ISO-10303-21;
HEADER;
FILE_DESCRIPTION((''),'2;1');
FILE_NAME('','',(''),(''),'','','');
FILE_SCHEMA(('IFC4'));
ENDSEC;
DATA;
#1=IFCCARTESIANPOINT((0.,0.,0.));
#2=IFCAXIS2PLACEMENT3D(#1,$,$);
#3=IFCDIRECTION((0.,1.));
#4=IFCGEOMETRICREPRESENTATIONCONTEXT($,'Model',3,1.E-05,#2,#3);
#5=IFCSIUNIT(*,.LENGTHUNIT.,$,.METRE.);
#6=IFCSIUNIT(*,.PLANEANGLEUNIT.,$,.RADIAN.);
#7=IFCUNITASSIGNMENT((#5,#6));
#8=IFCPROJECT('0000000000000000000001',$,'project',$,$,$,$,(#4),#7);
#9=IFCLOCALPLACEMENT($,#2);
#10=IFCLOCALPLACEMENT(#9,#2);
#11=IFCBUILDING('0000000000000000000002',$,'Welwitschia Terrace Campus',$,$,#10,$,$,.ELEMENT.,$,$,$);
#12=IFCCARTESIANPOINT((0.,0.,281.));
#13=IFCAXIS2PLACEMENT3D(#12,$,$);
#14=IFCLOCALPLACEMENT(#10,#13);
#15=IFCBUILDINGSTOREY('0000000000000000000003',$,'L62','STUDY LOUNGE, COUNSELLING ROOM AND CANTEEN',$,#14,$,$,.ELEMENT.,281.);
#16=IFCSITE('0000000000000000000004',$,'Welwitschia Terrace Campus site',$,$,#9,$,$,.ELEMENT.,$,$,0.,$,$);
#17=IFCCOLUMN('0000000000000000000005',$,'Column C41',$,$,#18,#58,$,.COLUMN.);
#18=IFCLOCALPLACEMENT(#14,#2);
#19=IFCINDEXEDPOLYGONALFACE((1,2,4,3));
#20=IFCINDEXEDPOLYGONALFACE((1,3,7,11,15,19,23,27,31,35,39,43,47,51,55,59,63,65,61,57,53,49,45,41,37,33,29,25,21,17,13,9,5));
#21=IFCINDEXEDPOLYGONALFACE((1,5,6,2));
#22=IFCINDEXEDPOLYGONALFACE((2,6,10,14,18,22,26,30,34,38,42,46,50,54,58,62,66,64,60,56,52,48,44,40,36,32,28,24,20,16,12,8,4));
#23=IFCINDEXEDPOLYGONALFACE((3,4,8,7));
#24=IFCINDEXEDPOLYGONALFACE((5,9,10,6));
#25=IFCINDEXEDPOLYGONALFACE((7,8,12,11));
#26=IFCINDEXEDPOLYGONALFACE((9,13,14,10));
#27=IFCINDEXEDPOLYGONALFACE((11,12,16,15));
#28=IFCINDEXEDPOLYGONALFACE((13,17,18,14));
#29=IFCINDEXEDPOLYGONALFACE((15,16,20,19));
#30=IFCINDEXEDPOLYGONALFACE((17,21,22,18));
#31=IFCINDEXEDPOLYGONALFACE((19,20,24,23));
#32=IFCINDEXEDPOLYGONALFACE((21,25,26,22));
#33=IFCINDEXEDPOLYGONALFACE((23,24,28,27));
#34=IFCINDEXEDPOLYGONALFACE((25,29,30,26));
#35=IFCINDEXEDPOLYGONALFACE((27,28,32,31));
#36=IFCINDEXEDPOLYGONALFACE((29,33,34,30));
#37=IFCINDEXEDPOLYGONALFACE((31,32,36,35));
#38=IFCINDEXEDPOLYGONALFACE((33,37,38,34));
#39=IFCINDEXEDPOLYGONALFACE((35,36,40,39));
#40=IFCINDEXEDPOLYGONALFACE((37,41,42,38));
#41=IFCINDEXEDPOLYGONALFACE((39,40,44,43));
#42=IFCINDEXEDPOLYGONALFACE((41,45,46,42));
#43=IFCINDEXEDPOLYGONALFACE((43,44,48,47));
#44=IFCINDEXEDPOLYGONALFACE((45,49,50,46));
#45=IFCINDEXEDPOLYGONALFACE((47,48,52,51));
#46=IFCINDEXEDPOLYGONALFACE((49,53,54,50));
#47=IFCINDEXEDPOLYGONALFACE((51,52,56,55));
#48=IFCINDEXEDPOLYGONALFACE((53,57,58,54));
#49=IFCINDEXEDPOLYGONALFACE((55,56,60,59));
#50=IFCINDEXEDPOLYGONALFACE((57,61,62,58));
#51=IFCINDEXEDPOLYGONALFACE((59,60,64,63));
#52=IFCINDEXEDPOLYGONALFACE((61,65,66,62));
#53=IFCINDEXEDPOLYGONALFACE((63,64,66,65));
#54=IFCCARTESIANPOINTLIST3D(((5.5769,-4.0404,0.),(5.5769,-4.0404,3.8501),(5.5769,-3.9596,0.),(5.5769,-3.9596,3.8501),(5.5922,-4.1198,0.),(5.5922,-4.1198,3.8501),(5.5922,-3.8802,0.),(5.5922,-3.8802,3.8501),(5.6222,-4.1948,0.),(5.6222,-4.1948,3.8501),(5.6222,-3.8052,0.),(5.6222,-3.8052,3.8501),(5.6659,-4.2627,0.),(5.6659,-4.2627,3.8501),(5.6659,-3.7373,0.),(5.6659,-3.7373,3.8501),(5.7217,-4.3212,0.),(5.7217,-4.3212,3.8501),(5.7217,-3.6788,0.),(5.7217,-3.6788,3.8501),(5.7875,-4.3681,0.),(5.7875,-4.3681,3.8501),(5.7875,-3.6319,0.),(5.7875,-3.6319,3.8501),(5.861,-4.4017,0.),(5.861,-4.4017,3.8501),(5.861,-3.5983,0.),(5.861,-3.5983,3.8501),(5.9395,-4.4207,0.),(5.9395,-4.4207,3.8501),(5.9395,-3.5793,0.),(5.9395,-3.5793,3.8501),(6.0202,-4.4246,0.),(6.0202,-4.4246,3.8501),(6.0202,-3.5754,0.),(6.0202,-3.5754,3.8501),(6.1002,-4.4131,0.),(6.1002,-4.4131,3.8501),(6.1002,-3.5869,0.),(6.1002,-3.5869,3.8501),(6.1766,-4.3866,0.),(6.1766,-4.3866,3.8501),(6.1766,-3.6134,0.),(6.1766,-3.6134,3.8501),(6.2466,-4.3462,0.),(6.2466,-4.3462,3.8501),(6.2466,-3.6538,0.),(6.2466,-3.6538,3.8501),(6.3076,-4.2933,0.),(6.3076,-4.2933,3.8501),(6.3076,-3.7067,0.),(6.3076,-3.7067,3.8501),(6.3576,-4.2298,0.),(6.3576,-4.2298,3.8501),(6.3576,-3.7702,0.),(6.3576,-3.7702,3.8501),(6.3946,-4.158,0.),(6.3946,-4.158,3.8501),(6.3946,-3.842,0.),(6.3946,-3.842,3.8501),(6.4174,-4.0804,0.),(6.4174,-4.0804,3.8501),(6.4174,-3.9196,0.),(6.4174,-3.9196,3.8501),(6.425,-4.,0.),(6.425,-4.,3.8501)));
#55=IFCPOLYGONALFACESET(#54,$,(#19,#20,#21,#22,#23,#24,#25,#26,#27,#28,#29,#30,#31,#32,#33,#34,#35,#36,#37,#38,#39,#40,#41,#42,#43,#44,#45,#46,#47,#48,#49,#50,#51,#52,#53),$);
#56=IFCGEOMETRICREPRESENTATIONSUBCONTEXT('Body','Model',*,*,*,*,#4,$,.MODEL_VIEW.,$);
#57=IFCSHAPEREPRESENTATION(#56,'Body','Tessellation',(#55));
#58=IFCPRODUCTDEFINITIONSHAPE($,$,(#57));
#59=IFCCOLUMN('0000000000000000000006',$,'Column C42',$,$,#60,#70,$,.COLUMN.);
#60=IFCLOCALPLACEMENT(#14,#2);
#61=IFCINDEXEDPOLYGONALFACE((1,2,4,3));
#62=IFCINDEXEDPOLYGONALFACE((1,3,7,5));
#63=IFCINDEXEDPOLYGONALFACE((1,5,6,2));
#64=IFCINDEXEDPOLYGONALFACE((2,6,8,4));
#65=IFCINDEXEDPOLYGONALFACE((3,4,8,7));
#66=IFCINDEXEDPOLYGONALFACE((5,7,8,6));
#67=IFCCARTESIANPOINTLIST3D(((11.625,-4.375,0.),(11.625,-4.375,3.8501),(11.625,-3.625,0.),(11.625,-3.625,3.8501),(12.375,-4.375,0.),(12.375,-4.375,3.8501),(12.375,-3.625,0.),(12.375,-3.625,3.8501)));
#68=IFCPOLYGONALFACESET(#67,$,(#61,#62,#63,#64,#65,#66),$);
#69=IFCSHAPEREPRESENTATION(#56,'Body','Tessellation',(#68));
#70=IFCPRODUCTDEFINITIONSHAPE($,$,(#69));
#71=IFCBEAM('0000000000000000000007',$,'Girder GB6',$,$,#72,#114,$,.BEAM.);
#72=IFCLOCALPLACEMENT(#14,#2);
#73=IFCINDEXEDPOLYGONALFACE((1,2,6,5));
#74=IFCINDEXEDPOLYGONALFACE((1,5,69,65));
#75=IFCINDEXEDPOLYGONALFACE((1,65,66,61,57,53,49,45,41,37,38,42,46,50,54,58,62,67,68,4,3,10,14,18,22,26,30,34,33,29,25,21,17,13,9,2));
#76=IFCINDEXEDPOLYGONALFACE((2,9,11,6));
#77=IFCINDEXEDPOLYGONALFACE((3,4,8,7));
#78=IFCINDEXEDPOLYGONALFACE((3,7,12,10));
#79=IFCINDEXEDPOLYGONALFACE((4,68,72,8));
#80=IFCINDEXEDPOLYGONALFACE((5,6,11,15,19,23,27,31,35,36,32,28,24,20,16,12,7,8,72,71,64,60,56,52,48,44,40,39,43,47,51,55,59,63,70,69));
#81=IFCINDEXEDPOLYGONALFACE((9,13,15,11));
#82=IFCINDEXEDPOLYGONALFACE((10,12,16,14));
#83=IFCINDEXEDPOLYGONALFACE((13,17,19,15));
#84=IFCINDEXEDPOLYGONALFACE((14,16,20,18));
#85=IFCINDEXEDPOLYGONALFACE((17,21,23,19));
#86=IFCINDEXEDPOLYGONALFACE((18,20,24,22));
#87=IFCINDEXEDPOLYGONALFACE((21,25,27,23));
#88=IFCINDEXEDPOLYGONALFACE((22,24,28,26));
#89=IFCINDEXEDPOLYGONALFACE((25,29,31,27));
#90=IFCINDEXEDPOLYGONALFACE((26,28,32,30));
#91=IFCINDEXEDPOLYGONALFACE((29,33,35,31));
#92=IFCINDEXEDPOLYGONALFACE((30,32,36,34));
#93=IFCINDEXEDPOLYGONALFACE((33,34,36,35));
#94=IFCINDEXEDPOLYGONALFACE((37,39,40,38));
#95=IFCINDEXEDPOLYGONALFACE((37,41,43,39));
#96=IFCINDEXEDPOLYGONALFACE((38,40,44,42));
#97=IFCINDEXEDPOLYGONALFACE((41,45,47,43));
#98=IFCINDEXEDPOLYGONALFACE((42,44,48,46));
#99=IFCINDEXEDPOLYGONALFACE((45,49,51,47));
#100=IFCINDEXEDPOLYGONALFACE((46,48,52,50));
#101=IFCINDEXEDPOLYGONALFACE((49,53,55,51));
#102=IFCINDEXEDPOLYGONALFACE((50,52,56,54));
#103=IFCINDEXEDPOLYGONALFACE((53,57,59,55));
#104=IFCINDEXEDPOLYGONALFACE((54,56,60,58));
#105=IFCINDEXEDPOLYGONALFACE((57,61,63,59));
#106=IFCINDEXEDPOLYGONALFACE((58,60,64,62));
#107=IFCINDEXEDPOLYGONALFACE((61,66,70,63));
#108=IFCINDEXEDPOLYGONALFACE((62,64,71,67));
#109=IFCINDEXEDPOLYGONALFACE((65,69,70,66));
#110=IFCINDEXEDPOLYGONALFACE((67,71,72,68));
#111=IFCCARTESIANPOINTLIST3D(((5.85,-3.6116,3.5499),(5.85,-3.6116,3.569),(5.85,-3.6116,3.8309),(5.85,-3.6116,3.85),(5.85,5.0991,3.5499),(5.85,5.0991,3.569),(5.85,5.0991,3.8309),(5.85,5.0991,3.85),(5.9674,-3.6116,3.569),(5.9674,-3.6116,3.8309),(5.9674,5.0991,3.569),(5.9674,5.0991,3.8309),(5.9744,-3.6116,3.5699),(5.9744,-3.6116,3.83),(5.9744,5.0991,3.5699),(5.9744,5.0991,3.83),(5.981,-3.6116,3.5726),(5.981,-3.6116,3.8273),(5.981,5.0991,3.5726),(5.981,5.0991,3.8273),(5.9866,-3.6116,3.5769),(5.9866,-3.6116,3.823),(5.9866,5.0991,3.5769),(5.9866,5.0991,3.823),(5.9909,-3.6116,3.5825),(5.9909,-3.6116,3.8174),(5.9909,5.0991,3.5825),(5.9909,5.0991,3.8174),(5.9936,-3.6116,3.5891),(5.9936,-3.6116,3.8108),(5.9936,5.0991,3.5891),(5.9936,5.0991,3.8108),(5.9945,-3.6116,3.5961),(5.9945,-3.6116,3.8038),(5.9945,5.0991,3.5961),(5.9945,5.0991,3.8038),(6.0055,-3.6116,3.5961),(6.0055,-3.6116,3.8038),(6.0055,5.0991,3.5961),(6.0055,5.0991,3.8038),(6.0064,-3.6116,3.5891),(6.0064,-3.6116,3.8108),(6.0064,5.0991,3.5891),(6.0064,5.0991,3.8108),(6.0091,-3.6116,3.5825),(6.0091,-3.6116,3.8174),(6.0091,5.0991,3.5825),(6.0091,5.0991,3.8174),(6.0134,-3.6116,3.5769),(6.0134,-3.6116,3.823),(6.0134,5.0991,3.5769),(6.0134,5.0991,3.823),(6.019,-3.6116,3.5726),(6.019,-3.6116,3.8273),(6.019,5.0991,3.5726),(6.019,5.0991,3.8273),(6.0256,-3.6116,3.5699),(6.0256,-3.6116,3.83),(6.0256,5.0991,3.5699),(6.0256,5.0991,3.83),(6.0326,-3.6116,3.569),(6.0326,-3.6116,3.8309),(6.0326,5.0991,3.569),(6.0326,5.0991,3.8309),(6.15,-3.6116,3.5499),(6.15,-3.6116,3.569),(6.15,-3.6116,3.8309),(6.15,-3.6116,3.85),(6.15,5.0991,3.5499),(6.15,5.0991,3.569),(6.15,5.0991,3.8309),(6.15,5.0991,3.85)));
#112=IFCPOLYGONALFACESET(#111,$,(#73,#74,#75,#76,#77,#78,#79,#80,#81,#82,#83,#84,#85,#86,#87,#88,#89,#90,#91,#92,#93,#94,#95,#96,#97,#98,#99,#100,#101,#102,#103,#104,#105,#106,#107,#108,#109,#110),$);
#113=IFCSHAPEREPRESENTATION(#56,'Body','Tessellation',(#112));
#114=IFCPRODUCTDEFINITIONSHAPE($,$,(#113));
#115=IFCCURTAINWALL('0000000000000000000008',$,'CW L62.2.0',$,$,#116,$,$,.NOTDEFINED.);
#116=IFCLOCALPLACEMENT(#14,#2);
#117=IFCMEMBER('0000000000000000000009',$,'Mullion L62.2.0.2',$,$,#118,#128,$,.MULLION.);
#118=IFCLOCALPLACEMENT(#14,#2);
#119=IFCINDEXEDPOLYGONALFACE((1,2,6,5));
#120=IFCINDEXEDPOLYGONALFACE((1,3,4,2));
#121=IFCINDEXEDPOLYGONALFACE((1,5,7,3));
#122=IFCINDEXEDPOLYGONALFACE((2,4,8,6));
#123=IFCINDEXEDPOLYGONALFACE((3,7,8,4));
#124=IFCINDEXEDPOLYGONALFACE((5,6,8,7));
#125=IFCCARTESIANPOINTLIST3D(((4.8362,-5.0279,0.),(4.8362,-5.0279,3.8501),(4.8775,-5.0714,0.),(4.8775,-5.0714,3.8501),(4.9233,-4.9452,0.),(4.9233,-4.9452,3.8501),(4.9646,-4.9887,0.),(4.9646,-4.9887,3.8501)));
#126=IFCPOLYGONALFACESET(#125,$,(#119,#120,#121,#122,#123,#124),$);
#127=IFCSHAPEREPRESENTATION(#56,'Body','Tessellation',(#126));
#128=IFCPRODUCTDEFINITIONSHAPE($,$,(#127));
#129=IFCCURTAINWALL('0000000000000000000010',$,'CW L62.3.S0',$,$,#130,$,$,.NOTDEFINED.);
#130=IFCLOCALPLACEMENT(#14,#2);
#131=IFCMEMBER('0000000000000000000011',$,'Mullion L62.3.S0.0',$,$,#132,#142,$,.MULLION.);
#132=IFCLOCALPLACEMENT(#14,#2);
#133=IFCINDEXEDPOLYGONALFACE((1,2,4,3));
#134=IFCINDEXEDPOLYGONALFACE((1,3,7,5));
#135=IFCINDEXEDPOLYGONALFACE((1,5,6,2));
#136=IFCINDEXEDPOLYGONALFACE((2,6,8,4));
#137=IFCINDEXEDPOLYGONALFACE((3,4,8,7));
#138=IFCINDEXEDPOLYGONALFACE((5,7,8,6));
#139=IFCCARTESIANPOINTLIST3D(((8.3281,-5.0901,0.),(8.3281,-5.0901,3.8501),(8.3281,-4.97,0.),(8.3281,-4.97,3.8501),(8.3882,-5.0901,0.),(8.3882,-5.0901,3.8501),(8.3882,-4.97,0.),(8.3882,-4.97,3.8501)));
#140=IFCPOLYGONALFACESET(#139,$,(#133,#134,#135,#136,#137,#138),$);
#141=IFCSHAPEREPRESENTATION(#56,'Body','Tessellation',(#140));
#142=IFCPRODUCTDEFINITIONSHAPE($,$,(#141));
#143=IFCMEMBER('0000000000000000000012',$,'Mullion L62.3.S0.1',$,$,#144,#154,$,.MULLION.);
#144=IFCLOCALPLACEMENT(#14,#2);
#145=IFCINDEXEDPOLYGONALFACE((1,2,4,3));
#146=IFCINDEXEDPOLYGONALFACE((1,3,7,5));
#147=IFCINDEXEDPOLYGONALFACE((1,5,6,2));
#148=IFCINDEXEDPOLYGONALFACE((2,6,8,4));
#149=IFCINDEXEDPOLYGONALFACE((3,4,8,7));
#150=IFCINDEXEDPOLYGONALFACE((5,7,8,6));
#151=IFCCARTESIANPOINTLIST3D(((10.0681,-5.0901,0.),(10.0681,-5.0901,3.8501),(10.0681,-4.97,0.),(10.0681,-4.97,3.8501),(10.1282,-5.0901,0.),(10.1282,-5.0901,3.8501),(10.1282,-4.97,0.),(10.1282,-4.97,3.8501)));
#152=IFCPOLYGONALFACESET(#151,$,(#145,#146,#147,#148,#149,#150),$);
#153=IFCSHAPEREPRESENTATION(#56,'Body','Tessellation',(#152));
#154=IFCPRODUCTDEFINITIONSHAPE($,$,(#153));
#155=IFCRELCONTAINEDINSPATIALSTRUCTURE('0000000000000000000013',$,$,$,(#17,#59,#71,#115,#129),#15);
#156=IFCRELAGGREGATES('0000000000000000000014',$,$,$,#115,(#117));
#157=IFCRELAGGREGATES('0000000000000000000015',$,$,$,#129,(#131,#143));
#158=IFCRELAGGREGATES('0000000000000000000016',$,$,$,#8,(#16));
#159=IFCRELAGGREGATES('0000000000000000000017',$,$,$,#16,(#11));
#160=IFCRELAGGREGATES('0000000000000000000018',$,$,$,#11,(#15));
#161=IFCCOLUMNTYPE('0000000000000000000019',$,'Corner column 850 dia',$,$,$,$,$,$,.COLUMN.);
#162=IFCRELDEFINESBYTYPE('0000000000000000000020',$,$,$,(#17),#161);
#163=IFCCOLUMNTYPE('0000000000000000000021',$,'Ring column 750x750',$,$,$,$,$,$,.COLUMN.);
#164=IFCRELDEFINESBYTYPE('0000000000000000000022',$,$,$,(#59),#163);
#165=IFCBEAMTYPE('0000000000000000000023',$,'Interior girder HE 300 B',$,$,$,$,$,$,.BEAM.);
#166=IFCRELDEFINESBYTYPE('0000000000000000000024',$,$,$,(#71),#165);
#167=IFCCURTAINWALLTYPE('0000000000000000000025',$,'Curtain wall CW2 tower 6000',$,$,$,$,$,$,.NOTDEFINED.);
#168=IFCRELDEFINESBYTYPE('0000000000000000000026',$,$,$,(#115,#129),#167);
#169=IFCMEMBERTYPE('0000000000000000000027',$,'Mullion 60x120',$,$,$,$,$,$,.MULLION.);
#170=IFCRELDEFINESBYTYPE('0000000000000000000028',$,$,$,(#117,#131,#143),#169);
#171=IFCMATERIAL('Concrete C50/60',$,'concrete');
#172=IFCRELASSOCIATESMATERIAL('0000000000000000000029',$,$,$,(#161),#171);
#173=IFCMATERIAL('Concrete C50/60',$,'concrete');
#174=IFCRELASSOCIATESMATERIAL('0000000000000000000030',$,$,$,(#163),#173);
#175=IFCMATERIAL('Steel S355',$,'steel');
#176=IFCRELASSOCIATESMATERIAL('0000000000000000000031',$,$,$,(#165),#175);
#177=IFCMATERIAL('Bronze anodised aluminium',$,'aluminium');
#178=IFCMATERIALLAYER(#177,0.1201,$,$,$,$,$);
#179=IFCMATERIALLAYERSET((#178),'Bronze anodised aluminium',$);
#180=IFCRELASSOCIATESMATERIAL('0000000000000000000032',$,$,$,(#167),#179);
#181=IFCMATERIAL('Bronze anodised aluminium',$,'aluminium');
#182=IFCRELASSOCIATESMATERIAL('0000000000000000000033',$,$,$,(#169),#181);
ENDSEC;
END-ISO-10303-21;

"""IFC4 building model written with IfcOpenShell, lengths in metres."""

from ifc_helpers import new_model, si_unit, direction, frame, origin, origin_2d, place, context, subcontext, project, spatial, rectangle, circle, i_section, extrude, material, layer, layer_set, material_profile, profile_set, type_object, element, aggregate, save


model = new_model("IFC4")

# Units and contexts
model_context = context("Model", 3, precision=1e-05, world=origin(), true_north=direction((0.0, 1.0)))
body_context = subcontext(model_context, "Body", "Model", "MODEL_VIEW")
ifc_project = project(units=[si_unit("LENGTHUNIT", "METRE"), si_unit("PLANEANGLEUNIT", "RADIAN")], contexts=[model_context])

# Site, building, storey
site_placement = place(None, origin())
site = spatial("IfcSite", under=ifc_project, at=site_placement, Name="Welwitschia Terrace Campus site", CompositionType="ELEMENT", RefElevation=0.0)
building_placement = place(site_placement, origin())
building = spatial("IfcBuilding", under=site, at=building_placement, Name="Welwitschia Terrace Campus", CompositionType="ELEMENT")
storey_placement = place(building_placement, frame((0.0, 0.0, 281.0)))
storey = spatial("IfcBuildingStorey", under=building, at=storey_placement, Name="L62", Description="STUDY LOUNGE, COUNSELLING ROOM AND CANTEEN", CompositionType="ELEMENT", Elevation=281.0)

# Columns
ifc_material_1 = material(Name="Concrete C50/60", Category="concrete")
ifc_material_profile_1 = material_profile(ifc_material_1, circle(Radius=0.425, at=origin_2d()))
ifc_profile_set_1 = profile_set([ifc_material_profile_1], Name="Concrete C50/60")
column_type_1 = type_object("IfcColumnType", Name="Corner column 850 dia", PredefinedType="COLUMN", material=ifc_profile_set_1)
column_1_placement = place(storey_placement, frame((6.0, -4.0, 0.0), z_axis=(0.0, 0.0, 1.0), x_axis=(1.0, 0.0, 0.0)))
element("IfcColumn", 1, at=column_1_placement, inside=storey, type_object=column_type_1, Name="Column C41", PredefinedType="COLUMN", context=body_context, shape_type="SweptSolid", body=[
    extrude(circle(Radius=0.425, at=origin_2d()), origin(), (0.0, 0.0, 1.0), 3.8501),
])
ifc_material_2 = material(Name="Concrete C50/60", Category="concrete")
ifc_material_profile_2 = material_profile(ifc_material_2, rectangle(XDim=0.75, YDim=0.75, at=origin_2d()))
ifc_profile_set_2 = profile_set([ifc_material_profile_2], Name="Concrete C50/60")
column_type_2 = type_object("IfcColumnType", Name="Ring column 750x750", PredefinedType="COLUMN", material=ifc_profile_set_2)
column_2_placement = place(storey_placement, frame((12.0, -4.0, 0.0), z_axis=(0.0, 0.0, 1.0), x_axis=(1.0, 0.0, 0.0)))
element("IfcColumn", 2, at=column_2_placement, inside=storey, type_object=column_type_2, Name="Column C42", PredefinedType="COLUMN", context=body_context, shape_type="SweptSolid", body=[
    extrude(rectangle(XDim=0.75, YDim=0.75, at=origin_2d()), origin(), (0.0, 0.0, 1.0), 3.8501),
])

# Beam
ifc_material_3 = material(Name="Steel S355", Category="steel")
ifc_material_profile_3 = material_profile(ifc_material_3, i_section(OverallWidth=0.3, OverallDepth=0.3, WebThickness=0.011, FlangeThickness=0.019, FilletRadius=0.0271, at=origin_2d()))
ifc_profile_set_3 = profile_set([ifc_material_profile_3], Name="Steel S355")
beam_type_1 = type_object("IfcBeamType", Name="Interior girder HE 300 B", PredefinedType="BEAM", material=ifc_profile_set_3)
beam_1_placement = place(storey_placement, frame((6.0, -3.6116, 3.7), z_axis=(0.0, 1.0, 0.0), x_axis=(-1.0, 0.0, 0.0)))
element("IfcBeam", 3, at=beam_1_placement, inside=storey, type_object=beam_type_1, Name="Girder GB6", PredefinedType="BEAM", context=body_context, shape_type="SweptSolid", body=[
    extrude(i_section(OverallWidth=0.3, OverallDepth=0.3, WebThickness=0.011, FlangeThickness=0.019, FilletRadius=0.0271, at=origin_2d()), origin(), (0.0, 0.0, 1.0), 8.7107),
])

# Curtain wall, member
ifc_material_4 = material(Name="Bronze anodised aluminium", Category="aluminium")
ifc_layer_1 = layer(ifc_material_4, 0.1201)
ifc_layer_set_1 = layer_set([ifc_layer_1], Name="Bronze anodised aluminium")
curtain_wall_type = type_object("IfcCurtainWallType", Name="Curtain wall CW2 tower 6000", PredefinedType="NOTDEFINED", material=ifc_layer_set_1)
curtain_wall_1_placement = place(storey_placement, origin())
curtain_wall_1 = element("IfcCurtainWall", 4, at=curtain_wall_1_placement, inside=storey, type_object=curtain_wall_type, Name="CW L62.2.0", PredefinedType="NOTDEFINED")
ifc_material_5 = material(Name="Bronze anodised aluminium", Category="aluminium")
ifc_material_profile_4 = material_profile(ifc_material_5, rectangle(XDim=0.1201, YDim=0.0601, at=origin_2d()))
ifc_profile_set_4 = profile_set([ifc_material_profile_4], Name="Bronze anodised aluminium")
member_type_1 = type_object("IfcMemberType", Name="Mullion 60x120", PredefinedType="MULLION", material=ifc_profile_set_4)
member_1_placement = place(storey_placement, frame((4.9004, -5.0083, 0.0), z_axis=(0.0, 0.0, 1.0), x_axis=(0.725374, 0.688355, 0.0)))
member_1 = element("IfcMember", 5, at=member_1_placement, type_object=member_type_1, Name="Mullion L62.2.0.2", PredefinedType="MULLION", context=body_context, shape_type="SweptSolid", body=[
    extrude(rectangle(XDim=0.1201, YDim=0.0601, at=origin_2d()), origin(), (0.0, 0.0, 1.0), 3.8501),
])

# Curtain wall, members
curtain_wall_2_placement = place(storey_placement, origin())
curtain_wall_2 = element("IfcCurtainWall", 6, at=curtain_wall_2_placement, inside=storey, type_object=curtain_wall_type, Name="CW L62.3.S0", PredefinedType="NOTDEFINED")
member_2_placement = place(storey_placement, frame((8.3582, -5.03, 0.0), z_axis=(0.0, 0.0, 1.0), x_axis=(0.0, 1.0, 0.0)))
member_2 = element("IfcMember", 7, at=member_2_placement, type_object=member_type_1, Name="Mullion L62.3.S0.0", PredefinedType="MULLION", context=body_context, shape_type="SweptSolid", body=[
    extrude(rectangle(XDim=0.1201, YDim=0.0601, at=origin_2d()), origin(), (0.0, 0.0, 1.0), 3.8501),
])
member_3_placement = place(storey_placement, frame((10.0981, -5.03, 0.0), z_axis=(0.0, 0.0, 1.0), x_axis=(0.0, 1.0, 0.0)))
member_3 = element("IfcMember", 8, at=member_3_placement, type_object=member_type_1, Name="Mullion L62.3.S0.1", PredefinedType="MULLION", context=body_context, shape_type="SweptSolid", body=[
    extrude(rectangle(XDim=0.1201, YDim=0.0601, at=origin_2d()), origin(), (0.0, 0.0, 1.0), 3.8501),
])

aggregate(curtain_wall_1, [member_1])
aggregate(curtain_wall_2, [member_2, member_3])

save(model, "model.ifc")
